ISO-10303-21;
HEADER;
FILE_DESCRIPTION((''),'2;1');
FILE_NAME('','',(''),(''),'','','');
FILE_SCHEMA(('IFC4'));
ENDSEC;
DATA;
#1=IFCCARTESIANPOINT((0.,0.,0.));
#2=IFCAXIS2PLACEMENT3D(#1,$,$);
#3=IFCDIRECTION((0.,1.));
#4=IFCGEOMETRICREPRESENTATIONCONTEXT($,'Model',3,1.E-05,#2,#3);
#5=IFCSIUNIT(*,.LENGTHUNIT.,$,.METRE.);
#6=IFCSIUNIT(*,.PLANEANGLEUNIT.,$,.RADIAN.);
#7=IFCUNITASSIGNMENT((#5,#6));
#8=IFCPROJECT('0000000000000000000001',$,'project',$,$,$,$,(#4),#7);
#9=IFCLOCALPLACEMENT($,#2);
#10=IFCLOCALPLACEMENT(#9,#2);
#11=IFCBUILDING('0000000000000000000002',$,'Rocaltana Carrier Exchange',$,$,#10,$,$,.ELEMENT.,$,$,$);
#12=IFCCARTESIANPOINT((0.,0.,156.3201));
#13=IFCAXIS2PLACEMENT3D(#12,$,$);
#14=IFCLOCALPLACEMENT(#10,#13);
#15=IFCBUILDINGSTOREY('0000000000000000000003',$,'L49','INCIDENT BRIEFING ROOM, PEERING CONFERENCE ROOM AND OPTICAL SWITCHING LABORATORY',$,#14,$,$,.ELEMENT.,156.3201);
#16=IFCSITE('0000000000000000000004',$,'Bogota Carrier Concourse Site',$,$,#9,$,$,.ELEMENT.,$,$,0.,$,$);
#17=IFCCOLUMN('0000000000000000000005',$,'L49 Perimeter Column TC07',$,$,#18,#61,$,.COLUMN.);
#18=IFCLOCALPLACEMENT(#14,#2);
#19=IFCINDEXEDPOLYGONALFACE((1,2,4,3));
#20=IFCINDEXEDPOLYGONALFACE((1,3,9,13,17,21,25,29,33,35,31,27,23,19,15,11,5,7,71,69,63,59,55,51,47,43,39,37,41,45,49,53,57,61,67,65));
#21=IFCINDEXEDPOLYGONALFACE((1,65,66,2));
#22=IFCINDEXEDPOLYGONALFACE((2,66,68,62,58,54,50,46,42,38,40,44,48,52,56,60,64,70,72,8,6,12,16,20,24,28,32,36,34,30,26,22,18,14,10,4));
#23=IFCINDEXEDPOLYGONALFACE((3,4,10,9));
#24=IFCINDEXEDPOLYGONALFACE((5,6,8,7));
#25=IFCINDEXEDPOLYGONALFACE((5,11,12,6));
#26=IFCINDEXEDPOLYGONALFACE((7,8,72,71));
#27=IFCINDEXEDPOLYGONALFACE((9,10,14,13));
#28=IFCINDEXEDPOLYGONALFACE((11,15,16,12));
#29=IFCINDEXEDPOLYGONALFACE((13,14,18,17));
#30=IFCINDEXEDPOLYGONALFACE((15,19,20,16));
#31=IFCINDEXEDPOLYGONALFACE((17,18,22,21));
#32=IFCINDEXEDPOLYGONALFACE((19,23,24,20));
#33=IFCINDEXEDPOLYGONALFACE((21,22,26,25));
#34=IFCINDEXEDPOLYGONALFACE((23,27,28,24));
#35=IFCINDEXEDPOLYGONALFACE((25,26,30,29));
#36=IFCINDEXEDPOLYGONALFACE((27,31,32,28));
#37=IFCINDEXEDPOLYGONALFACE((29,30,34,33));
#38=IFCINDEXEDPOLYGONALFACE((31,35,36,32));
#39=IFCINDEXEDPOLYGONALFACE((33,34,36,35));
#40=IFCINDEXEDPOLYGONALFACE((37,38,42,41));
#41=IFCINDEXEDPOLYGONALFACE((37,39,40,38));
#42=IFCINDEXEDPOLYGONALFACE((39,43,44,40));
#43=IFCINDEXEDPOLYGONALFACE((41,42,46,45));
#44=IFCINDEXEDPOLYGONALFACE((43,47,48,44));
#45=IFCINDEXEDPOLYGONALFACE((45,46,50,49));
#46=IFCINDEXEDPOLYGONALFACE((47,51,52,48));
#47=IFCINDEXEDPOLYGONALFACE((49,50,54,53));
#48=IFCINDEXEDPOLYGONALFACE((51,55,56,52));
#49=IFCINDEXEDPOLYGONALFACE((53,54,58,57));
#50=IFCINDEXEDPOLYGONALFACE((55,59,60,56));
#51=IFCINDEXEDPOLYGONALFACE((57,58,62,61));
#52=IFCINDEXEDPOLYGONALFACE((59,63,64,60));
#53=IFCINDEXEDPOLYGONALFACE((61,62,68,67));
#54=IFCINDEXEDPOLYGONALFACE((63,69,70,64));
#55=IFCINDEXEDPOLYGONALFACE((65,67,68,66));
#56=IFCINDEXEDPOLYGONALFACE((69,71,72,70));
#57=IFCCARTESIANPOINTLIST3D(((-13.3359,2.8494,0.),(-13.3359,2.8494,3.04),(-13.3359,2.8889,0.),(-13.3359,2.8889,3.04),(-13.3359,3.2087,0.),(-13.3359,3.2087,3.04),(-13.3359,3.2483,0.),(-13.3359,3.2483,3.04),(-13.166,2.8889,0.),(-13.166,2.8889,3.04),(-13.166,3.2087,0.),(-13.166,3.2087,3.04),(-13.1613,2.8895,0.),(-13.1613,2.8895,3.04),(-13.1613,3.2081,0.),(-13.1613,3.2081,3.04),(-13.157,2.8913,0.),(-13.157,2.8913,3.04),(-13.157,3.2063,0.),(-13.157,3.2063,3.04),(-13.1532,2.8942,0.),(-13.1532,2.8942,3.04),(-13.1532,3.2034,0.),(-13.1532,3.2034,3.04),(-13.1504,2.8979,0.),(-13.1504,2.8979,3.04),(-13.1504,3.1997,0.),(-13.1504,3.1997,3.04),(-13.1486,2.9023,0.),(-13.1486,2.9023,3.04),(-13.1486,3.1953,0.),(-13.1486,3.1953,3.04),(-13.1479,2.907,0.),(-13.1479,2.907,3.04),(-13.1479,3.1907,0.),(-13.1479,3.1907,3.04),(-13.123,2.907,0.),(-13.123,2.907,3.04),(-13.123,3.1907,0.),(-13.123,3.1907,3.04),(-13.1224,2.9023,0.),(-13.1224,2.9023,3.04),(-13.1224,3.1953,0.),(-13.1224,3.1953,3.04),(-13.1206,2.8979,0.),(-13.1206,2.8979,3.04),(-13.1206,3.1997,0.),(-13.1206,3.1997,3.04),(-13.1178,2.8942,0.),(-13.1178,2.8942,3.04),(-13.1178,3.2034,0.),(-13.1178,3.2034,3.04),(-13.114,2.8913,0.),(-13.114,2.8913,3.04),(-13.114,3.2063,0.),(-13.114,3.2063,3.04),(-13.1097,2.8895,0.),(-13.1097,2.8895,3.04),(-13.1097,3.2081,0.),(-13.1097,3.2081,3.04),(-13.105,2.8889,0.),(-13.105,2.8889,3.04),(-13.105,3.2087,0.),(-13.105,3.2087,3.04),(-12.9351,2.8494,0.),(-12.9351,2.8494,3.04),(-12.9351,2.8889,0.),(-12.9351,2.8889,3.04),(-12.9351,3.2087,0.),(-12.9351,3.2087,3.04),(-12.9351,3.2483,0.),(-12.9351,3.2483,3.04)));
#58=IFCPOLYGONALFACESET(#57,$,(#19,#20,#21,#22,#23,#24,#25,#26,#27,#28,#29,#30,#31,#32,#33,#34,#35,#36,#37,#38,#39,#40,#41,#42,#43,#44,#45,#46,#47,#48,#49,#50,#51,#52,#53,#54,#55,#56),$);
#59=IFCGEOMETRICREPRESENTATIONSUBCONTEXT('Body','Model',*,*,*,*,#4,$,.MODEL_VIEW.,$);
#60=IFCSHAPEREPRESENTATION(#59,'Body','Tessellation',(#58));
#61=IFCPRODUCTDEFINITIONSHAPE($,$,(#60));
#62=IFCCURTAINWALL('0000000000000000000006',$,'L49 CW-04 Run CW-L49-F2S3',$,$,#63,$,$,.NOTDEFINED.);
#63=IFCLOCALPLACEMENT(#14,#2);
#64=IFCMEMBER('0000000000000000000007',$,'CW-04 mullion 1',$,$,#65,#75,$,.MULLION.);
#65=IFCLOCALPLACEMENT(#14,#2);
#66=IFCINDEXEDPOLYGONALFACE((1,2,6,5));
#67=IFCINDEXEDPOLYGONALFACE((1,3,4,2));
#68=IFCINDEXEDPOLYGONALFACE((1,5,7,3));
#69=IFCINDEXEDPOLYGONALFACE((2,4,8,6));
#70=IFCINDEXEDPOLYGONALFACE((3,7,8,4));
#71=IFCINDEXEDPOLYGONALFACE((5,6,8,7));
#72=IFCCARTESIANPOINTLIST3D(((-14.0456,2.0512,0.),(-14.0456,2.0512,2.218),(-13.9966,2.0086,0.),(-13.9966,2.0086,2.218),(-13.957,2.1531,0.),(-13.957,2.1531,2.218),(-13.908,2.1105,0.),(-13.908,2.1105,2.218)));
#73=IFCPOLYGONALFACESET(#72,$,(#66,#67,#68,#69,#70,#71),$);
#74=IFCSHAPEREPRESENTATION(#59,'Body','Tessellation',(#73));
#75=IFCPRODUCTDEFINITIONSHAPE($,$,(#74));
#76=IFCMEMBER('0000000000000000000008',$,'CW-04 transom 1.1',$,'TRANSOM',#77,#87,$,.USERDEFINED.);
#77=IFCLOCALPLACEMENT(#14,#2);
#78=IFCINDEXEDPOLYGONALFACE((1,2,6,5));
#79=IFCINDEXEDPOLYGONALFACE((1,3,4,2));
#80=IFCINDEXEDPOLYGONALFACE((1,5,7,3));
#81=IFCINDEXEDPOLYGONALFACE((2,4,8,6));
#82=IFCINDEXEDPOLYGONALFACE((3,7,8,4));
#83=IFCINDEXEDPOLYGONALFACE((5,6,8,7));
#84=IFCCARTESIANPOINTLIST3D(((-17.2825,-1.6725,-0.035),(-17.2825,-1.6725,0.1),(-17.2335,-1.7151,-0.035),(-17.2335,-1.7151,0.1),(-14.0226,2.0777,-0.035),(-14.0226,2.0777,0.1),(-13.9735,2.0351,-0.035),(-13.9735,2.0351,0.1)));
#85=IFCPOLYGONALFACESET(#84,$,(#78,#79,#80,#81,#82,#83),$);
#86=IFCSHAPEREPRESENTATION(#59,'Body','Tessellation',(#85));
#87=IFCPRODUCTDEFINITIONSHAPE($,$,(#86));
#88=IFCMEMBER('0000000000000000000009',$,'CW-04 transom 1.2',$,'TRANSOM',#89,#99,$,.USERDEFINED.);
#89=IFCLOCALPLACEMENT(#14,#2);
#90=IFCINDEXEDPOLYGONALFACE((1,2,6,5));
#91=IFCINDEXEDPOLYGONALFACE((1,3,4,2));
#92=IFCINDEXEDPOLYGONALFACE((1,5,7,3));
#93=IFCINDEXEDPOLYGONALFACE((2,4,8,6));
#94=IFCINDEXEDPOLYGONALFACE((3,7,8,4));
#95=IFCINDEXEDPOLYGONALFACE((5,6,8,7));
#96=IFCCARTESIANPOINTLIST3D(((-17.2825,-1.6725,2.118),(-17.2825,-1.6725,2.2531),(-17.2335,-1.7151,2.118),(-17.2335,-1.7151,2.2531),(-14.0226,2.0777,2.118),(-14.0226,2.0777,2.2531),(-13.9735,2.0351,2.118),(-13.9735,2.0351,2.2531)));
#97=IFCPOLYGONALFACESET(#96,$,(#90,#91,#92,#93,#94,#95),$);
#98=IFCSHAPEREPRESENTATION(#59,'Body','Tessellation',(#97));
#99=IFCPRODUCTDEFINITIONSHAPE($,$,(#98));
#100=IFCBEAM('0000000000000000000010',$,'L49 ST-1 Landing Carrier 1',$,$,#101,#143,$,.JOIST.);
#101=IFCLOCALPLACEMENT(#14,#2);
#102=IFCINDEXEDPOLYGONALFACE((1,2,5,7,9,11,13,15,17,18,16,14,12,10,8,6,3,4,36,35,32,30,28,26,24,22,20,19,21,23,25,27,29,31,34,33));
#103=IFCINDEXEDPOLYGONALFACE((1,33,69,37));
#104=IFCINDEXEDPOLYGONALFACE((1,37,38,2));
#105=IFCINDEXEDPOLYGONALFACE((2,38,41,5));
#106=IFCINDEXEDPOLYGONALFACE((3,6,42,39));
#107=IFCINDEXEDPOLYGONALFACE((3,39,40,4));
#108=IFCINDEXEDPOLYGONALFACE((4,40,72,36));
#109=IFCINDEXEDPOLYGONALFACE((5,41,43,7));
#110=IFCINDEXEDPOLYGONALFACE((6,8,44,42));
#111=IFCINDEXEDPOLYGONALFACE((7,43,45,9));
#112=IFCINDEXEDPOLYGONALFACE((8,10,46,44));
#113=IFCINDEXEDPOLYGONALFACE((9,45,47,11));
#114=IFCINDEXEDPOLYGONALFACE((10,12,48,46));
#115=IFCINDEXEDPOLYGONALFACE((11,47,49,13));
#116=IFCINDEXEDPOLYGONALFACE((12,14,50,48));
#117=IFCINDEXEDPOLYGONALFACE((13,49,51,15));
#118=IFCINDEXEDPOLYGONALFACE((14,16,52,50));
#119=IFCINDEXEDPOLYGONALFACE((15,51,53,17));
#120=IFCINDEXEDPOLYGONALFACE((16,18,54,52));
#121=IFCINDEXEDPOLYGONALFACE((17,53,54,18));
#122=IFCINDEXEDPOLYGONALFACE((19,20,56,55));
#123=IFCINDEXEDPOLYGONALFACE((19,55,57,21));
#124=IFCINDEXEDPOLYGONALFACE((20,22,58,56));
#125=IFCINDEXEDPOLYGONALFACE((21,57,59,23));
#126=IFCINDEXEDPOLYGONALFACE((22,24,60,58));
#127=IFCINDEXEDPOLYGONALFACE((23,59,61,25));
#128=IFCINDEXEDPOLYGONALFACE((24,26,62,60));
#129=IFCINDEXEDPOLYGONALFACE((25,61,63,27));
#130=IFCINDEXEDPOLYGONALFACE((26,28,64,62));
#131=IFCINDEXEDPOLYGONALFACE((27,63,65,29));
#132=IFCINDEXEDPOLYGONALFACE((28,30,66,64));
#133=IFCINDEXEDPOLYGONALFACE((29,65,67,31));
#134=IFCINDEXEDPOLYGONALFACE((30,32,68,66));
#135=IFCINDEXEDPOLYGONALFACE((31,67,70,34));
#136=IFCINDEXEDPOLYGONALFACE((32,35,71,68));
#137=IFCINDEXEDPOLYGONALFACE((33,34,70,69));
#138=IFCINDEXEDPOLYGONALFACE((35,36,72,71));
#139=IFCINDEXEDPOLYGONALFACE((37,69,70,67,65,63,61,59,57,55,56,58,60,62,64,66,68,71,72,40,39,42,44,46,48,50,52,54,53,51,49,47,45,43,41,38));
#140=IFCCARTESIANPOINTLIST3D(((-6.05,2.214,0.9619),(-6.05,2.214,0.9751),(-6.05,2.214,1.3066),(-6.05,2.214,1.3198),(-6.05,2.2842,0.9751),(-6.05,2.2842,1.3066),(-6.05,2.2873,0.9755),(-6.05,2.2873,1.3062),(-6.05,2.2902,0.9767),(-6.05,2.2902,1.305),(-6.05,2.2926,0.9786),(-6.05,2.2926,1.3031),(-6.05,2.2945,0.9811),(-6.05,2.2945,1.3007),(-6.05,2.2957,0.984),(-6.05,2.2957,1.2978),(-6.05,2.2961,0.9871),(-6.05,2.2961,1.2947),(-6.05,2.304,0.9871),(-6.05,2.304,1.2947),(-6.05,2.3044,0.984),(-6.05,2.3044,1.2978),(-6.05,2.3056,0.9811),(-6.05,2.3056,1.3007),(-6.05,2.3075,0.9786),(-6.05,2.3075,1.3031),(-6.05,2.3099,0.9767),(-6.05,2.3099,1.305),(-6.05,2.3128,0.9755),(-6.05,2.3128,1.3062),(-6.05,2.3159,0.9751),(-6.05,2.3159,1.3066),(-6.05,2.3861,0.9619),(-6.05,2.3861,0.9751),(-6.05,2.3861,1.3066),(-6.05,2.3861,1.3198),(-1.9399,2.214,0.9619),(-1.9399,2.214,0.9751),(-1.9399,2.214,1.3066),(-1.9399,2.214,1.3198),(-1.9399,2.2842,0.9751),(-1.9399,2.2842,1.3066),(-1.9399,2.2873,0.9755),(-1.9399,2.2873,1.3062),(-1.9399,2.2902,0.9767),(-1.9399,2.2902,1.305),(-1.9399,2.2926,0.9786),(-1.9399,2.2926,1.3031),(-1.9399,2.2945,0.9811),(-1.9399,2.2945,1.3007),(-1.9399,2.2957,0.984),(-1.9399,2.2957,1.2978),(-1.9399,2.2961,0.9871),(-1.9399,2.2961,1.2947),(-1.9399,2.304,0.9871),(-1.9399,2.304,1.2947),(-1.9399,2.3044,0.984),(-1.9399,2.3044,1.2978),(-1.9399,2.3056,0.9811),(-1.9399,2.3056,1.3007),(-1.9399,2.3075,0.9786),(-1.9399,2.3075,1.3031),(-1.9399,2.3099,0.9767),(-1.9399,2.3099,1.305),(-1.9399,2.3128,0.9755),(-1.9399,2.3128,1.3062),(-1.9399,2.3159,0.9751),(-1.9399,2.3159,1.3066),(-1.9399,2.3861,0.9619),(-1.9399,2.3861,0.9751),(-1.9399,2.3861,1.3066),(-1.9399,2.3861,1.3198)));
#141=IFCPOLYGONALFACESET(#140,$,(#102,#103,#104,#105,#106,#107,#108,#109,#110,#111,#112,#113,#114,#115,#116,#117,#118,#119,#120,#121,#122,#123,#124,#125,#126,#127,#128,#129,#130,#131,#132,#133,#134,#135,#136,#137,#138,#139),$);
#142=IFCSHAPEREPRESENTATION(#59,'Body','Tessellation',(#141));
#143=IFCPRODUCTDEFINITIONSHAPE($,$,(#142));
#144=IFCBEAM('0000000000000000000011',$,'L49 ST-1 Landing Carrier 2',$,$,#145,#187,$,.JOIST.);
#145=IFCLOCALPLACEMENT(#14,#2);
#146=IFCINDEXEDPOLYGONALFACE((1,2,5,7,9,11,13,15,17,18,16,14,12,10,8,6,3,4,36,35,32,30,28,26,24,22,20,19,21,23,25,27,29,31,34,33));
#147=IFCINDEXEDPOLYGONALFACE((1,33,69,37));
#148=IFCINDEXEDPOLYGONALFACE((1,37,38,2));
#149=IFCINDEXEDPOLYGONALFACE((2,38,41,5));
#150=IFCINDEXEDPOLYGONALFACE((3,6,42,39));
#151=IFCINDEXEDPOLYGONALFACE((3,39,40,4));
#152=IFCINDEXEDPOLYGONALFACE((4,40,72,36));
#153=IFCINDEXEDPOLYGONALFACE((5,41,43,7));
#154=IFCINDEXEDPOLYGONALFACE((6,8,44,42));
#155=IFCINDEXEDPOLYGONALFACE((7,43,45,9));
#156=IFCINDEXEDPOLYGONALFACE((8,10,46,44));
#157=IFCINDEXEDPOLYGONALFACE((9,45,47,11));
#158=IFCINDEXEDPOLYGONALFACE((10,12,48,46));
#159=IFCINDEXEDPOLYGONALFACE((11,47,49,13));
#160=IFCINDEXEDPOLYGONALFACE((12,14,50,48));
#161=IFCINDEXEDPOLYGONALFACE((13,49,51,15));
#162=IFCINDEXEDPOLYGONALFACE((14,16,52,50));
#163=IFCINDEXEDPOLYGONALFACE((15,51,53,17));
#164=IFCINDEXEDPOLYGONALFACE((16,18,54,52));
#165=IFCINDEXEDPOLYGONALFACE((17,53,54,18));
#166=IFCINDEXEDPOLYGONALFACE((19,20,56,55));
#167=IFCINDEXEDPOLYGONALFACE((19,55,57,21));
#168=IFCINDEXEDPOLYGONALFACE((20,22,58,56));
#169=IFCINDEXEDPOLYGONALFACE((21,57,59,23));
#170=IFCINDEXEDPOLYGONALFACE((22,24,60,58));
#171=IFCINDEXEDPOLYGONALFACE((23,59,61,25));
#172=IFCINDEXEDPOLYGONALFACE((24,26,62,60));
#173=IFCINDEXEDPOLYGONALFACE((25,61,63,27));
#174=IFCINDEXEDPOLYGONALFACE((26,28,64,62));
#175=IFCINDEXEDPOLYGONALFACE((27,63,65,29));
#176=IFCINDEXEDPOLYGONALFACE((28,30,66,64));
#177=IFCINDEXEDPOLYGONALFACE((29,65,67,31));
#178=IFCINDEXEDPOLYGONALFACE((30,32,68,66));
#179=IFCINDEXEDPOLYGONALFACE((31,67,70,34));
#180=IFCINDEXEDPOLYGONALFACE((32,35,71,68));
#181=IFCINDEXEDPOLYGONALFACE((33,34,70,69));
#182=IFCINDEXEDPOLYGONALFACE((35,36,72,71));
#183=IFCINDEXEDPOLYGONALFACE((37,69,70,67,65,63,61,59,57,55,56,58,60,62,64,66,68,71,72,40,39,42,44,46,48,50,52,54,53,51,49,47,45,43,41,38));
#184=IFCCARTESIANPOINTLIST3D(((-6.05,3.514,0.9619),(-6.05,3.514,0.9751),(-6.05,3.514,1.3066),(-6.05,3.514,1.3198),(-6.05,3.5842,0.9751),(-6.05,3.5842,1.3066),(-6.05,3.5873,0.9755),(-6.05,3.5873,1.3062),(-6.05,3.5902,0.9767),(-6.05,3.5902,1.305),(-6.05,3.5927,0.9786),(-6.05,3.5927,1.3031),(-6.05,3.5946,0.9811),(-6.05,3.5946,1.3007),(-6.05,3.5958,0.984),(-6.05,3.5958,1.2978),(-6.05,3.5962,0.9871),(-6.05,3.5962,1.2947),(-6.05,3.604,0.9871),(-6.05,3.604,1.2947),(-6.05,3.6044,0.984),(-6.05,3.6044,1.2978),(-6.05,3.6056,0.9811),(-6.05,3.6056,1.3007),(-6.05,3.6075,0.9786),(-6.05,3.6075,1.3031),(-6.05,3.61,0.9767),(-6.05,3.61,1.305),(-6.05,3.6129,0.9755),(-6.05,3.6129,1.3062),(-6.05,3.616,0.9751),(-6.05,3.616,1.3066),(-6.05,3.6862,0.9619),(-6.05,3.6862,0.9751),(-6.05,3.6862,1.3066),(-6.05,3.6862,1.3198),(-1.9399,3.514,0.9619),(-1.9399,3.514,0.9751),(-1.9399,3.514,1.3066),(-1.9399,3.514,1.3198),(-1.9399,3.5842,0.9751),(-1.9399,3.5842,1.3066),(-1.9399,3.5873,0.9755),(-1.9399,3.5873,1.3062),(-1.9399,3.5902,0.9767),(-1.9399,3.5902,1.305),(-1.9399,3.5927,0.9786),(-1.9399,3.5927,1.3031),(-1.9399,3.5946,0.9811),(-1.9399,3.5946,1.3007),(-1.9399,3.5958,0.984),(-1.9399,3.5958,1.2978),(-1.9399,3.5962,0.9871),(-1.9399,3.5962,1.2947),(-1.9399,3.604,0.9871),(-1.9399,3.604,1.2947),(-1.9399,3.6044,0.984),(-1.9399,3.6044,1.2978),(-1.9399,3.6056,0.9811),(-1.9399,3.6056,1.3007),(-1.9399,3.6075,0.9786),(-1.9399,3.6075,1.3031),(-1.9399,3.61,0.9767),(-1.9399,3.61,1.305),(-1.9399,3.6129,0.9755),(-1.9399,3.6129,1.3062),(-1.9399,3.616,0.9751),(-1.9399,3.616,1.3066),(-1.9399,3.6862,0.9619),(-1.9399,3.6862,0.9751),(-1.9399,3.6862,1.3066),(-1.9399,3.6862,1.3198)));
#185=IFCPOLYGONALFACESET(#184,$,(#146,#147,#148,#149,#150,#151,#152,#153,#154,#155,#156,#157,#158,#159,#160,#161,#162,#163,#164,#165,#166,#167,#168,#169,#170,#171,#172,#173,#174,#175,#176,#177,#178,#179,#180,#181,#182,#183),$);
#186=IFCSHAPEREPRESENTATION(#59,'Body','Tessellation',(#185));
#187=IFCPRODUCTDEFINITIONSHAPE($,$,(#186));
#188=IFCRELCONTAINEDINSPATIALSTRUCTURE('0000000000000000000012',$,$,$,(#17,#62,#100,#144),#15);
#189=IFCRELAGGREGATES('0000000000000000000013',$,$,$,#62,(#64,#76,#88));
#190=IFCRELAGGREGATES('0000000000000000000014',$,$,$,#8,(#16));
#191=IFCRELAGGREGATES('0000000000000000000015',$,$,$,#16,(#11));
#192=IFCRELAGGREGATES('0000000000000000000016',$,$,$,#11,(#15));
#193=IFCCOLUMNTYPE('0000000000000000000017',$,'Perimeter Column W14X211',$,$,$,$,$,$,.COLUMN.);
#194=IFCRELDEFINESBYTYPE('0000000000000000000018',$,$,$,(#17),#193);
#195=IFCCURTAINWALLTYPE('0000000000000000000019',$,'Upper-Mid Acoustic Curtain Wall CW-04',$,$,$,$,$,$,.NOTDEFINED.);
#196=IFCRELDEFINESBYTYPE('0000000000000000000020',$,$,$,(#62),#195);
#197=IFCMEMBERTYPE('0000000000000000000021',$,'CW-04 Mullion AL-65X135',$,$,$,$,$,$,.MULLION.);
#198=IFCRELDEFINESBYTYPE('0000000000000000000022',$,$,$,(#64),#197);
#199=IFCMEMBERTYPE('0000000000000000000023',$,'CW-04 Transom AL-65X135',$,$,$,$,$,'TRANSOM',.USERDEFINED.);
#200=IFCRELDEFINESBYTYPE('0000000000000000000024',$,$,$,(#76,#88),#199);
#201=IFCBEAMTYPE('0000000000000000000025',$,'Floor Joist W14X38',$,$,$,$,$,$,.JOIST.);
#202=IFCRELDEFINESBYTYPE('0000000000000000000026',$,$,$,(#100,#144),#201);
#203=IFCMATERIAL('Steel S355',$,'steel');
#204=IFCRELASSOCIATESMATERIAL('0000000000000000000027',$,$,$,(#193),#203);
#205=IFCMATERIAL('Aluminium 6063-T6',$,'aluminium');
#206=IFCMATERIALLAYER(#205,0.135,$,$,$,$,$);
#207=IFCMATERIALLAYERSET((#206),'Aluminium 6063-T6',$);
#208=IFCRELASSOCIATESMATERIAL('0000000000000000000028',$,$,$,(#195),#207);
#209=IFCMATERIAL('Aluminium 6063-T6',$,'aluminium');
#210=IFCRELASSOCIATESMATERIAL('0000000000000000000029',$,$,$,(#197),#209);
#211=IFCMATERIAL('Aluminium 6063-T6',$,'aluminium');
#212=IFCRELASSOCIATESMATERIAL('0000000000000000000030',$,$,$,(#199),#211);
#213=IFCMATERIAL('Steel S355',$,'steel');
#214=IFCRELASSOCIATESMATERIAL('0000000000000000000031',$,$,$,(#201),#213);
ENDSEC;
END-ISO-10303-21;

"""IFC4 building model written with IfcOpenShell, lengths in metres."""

from ifc_helpers import new_model, si_unit, direction, frame, origin, origin_2d, place, context, subcontext, project, spatial, rectangle, i_section, extrude, material, layer, layer_set, material_profile, profile_set, type_object, element, aggregate, save


model = new_model("IFC4")

# Units and contexts
model_context = context("Model", 3, precision=1e-05, world=origin(), true_north=direction((0.0, 1.0)))
body_context = subcontext(model_context, "Body", "Model", "MODEL_VIEW")
ifc_project = project(units=[si_unit("LENGTHUNIT", "METRE"), si_unit("PLANEANGLEUNIT", "RADIAN")], contexts=[model_context])

# Site, building, storey
site_placement = place(None, origin())
site = spatial("IfcSite", under=ifc_project, at=site_placement, Name="Bogota Carrier Concourse Site", CompositionType="ELEMENT", RefElevation=0.0)
building_placement = place(site_placement, origin())
building = spatial("IfcBuilding", under=site, at=building_placement, Name="Rocaltana Carrier Exchange", CompositionType="ELEMENT")
storey_placement = place(building_placement, frame((0.0, 0.0, 156.3201)))
storey = spatial("IfcBuildingStorey", under=building, at=storey_placement, Name="L49", Description="INCIDENT BRIEFING ROOM, PEERING CONFERENCE ROOM AND OPTICAL SWITCHING LABORATORY", CompositionType="ELEMENT", Elevation=156.3201)

# Column
ifc_material_1 = material(Name="Steel S355", Category="steel")
ifc_material_profile_1 = material_profile(ifc_material_1, i_section(OverallWidth=0.4009, OverallDepth=0.3989, WebThickness=0.0249, FlangeThickness=0.0396, FilletRadius=0.0181, at=origin_2d()), Name="W14X211")
ifc_profile_set_1 = profile_set([ifc_material_profile_1], Name="Steel S355")
column_type = type_object("IfcColumnType", Name="Perimeter Column W14X211", PredefinedType="COLUMN", material=ifc_profile_set_1)
column_placement = place(storey_placement, frame((-13.1355, 3.0488, 0.0), z_axis=(0.0, 0.0, 1.0), x_axis=(1.0, 0.0, 0.0)))
element("IfcColumn", 1, at=column_placement, inside=storey, type_object=column_type, Name="L49 Perimeter Column TC07", PredefinedType="COLUMN", context=body_context, shape_type="SweptSolid", body=[
    extrude(i_section(OverallWidth=0.4009, OverallDepth=0.3989, WebThickness=0.0249, FlangeThickness=0.0396, FilletRadius=0.0181, at=origin_2d()), origin(), (0.0, 0.0, 1.0), 3.04),
])

# Curtain wall, members
ifc_material_2 = material(Name="Aluminium 6063-T6", Category="aluminium")
ifc_layer_1 = layer(ifc_material_2, 0.135)
ifc_layer_set_1 = layer_set([ifc_layer_1], Name="Aluminium 6063-T6")
curtain_wall_type = type_object("IfcCurtainWallType", Name="Upper-Mid Acoustic Curtain Wall CW-04", PredefinedType="NOTDEFINED", material=ifc_layer_set_1)
curtain_wall_placement = place(storey_placement, origin())
curtain_wall = element("IfcCurtainWall", 2, at=curtain_wall_placement, inside=storey, type_object=curtain_wall_type, Name="L49 CW-04 Run CW-L49-F2S3", PredefinedType="NOTDEFINED")
ifc_material_3 = material(Name="Aluminium 6063-T6", Category="aluminium")
ifc_material_profile_2 = material_profile(ifc_material_3, rectangle(XDim=0.0649, YDim=0.135, at=origin_2d()), Name="AL-65X135")
ifc_profile_set_2 = profile_set([ifc_material_profile_2], Name="Aluminium 6063-T6")
member_type_1 = type_object("IfcMemberType", Name="CW-04 Mullion AL-65X135", PredefinedType="MULLION", material=ifc_profile_set_2)
member_1_placement = place(storey_placement, frame((-13.9768, 2.0808, 0.0), z_axis=(0.0, 0.0, 1.0), x_axis=(0.754712, -0.656057, 0.0)))
member_1 = element("IfcMember", 3, at=member_1_placement, type_object=member_type_1, Name="CW-04 mullion 1", PredefinedType="MULLION", context=body_context, shape_type="SweptSolid", body=[
    extrude(rectangle(XDim=0.0649, YDim=0.135, at=origin_2d()), origin(), (0.0, 0.0, 1.0), 2.218),
])
ifc_material_4 = material(Name="Aluminium 6063-T6", Category="aluminium")
ifc_material_profile_3 = material_profile(ifc_material_4, rectangle(XDim=0.0649, YDim=0.135, at=origin_2d()), Name="AL-65X135")
ifc_profile_set_3 = profile_set([ifc_material_profile_3], Name="Aluminium 6063-T6")
member_type_2 = type_object("IfcMemberType", Name="CW-04 Transom AL-65X135", ElementType="TRANSOM", PredefinedType="USERDEFINED", material=ifc_profile_set_3)
member_2_placement = place(storey_placement, frame((-13.998, 2.0564, 0.0325), z_axis=(-0.656056, -0.754712, 0.0), x_axis=(0.754712, -0.656056, 0.0)))
member_2 = element("IfcMember", 4, at=member_2_placement, type_object=member_type_2, Name="CW-04 transom 1.1", ObjectType="TRANSOM", PredefinedType="USERDEFINED", context=body_context, shape_type="SweptSolid", body=[
    extrude(rectangle(XDim=0.0649, YDim=0.135, at=origin_2d()), origin(), (0.0, 0.0, 1.0), 4.969),
])
member_3_placement = place(storey_placement, frame((-13.998, 2.0564, 2.1855), z_axis=(-0.656056, -0.754712, 0.0), x_axis=(0.754712, -0.656056, 0.0)))
member_3 = element("IfcMember", 5, at=member_3_placement, type_object=member_type_2, Name="CW-04 transom 1.2", ObjectType="TRANSOM", PredefinedType="USERDEFINED", context=body_context, shape_type="SweptSolid", body=[
    extrude(rectangle(XDim=0.0649, YDim=0.135, at=origin_2d()), origin(), (0.0, 0.0, 1.0), 4.969),
])

# Beams
ifc_material_5 = material(Name="Steel S355", Category="steel")
ifc_material_profile_4 = material_profile(ifc_material_5, i_section(OverallWidth=0.1721, OverallDepth=0.3579, WebThickness=0.0078, FlangeThickness=0.0132, FilletRadius=0.012, at=origin_2d()), Name="W14X38")
ifc_profile_set_4 = profile_set([ifc_material_profile_4], Name="Steel S355")
beam_type_1 = type_object("IfcBeamType", Name="Floor Joist W14X38", PredefinedType="JOIST", material=ifc_profile_set_4)
for number, where, z_axis, x_axis, name in (
    (6, (-6.05, 2.3, 1.1409), (1.0, 0.0, 0.0), (0.0, 1.0, 0.0), "L49 ST-1 Landing Carrier 1"),
    (7, (-6.05, 3.6001, 1.1409), (1.0, 0.0, 0.0), (0.0, 1.0, 0.0), "L49 ST-1 Landing Carrier 2"),
):
    element("IfcBeam", number, at=place(storey_placement, frame(where, z_axis=z_axis, x_axis=x_axis)), inside=storey, type_object=beam_type_1, Name=name, PredefinedType="JOIST", context=body_context, shape_type="SweptSolid", body=[
        extrude(i_section(OverallWidth=0.1721, OverallDepth=0.3579, WebThickness=0.0078, FlangeThickness=0.0132, FilletRadius=0.012, at=origin_2d()), origin(), (0.0, 0.0, 1.0), 4.1101),
    ])

aggregate(curtain_wall, [member_1, member_2, member_3])

save(model, "model.ifc")
